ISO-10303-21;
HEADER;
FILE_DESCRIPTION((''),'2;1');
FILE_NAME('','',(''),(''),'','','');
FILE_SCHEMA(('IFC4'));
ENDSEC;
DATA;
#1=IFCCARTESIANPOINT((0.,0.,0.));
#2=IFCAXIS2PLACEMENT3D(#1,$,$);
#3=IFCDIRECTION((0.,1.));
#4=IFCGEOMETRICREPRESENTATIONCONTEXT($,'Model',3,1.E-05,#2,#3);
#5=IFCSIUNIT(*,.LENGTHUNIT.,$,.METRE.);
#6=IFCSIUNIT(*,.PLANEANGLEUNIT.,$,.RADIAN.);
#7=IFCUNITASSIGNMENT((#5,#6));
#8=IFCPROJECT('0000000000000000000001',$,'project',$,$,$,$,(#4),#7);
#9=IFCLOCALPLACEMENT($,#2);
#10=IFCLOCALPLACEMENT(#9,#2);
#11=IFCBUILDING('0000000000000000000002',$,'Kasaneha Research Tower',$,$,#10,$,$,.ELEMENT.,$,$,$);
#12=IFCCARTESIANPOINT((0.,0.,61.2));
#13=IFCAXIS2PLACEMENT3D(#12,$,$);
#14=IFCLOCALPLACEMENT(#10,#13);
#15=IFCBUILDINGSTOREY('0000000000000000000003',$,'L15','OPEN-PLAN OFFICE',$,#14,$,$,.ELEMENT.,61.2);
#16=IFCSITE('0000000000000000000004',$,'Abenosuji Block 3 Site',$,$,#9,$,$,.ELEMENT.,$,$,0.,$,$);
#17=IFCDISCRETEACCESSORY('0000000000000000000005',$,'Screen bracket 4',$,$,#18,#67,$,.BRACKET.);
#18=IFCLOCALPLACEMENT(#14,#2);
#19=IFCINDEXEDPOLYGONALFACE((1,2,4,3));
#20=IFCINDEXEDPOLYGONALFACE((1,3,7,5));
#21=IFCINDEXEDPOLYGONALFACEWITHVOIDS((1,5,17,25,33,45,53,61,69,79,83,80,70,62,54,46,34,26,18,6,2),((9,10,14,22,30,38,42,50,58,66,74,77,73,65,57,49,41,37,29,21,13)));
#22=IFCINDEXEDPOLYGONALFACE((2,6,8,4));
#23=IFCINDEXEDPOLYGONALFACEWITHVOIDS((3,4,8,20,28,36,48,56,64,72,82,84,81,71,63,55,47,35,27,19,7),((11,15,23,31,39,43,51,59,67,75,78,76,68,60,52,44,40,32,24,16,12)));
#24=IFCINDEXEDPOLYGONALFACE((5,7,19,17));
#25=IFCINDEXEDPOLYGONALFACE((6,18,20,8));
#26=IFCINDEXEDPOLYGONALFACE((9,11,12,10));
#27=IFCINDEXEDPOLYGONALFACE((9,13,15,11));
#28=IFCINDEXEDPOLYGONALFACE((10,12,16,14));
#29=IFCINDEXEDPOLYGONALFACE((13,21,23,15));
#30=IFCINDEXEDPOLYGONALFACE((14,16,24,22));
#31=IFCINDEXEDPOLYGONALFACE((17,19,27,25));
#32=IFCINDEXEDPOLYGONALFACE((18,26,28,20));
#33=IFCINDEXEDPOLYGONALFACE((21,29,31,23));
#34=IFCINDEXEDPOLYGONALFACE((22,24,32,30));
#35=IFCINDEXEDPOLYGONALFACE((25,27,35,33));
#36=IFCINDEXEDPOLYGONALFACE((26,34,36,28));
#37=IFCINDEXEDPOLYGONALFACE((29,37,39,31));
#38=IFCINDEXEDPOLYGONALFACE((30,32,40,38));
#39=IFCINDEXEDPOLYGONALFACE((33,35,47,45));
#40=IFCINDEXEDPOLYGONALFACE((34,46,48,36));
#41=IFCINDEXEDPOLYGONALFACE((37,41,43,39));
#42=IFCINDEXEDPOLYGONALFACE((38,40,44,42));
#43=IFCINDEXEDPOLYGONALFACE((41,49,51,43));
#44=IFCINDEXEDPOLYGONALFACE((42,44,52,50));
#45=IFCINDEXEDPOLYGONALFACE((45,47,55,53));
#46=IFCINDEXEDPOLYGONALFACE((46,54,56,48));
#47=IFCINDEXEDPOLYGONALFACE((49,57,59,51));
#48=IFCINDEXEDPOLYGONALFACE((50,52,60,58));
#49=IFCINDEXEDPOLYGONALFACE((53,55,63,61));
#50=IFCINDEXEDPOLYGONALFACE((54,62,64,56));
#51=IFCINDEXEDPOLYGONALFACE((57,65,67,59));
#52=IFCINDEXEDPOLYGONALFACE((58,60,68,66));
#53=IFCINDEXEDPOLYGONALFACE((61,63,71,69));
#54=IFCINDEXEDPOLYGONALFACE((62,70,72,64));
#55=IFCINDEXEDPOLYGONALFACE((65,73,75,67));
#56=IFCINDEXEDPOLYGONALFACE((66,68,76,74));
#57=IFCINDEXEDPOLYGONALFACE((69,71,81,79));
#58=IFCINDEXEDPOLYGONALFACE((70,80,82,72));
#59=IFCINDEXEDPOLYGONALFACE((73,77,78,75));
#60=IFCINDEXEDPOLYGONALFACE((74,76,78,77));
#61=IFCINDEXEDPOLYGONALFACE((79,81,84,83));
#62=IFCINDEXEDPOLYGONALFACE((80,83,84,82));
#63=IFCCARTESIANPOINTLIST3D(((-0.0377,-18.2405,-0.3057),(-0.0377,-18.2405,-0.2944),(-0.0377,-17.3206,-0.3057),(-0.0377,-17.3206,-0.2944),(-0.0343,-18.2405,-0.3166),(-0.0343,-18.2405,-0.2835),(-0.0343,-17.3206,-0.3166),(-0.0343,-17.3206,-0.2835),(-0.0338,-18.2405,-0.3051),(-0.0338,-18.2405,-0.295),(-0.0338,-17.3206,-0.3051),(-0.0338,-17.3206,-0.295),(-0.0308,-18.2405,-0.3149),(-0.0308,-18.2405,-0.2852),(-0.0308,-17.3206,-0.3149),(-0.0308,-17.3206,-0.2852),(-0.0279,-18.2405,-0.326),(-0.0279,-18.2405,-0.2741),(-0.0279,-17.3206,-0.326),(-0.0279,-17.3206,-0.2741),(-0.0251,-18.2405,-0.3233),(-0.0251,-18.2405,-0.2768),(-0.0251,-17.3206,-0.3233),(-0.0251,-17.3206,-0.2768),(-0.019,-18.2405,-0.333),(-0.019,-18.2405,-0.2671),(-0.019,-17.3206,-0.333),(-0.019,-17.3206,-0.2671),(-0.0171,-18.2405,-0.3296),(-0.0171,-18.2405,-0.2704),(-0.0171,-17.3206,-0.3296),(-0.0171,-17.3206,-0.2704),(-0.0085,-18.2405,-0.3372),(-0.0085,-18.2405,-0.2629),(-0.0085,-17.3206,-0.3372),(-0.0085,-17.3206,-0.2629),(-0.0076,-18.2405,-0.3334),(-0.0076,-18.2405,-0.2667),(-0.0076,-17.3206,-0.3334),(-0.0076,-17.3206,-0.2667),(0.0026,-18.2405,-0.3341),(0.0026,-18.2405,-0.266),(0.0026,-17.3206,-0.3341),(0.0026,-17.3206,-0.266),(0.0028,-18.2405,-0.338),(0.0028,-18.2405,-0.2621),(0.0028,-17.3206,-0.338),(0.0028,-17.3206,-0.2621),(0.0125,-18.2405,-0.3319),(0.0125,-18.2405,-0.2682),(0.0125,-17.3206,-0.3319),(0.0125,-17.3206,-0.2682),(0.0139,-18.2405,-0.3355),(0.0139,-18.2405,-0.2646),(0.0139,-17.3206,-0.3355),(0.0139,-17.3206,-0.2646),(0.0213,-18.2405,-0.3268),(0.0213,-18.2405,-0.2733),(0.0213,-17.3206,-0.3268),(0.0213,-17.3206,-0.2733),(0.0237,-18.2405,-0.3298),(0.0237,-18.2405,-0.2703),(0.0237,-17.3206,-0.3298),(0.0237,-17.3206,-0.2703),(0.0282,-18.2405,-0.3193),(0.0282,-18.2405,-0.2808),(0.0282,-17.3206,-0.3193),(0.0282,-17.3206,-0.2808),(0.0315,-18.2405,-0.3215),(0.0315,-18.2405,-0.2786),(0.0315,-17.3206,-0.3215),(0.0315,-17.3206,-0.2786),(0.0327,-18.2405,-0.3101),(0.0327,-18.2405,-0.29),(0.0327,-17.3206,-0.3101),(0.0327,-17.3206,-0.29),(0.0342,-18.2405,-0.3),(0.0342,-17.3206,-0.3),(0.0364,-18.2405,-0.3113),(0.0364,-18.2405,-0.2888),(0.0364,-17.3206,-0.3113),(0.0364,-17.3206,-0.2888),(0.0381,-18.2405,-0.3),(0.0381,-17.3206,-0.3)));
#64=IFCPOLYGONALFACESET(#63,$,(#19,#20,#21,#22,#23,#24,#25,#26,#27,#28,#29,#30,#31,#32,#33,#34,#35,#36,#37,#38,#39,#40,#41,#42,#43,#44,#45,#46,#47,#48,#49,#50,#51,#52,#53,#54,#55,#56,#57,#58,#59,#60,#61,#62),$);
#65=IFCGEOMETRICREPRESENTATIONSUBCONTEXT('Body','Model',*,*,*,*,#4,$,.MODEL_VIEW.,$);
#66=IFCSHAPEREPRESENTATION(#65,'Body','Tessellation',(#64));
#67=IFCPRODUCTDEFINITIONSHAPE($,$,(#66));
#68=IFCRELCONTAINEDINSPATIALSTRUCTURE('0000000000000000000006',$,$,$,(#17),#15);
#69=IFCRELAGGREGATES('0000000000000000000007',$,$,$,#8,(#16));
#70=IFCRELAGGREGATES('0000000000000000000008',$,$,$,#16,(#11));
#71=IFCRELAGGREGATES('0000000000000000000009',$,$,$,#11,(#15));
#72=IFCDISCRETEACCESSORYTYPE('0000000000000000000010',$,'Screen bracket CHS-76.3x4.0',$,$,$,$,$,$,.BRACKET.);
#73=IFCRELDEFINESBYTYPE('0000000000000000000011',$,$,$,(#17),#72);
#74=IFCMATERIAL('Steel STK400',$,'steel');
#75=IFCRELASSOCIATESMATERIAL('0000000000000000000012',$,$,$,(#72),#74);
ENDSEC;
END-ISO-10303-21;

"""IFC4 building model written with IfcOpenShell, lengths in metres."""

from ifc_helpers import new_model, si_unit, direction, frame, origin, origin_2d, place, context, subcontext, project, spatial, hollow_circle, extrude, material, material_profile, profile_set, type_object, element, save


model = new_model("IFC4")

# Units and contexts
model_context = context("Model", 3, precision=1e-05, world=origin(), true_north=direction((0.0, 1.0)))
body_context = subcontext(model_context, "Body", "Model", "MODEL_VIEW")
ifc_project = project(units=[si_unit("LENGTHUNIT", "METRE"), si_unit("PLANEANGLEUNIT", "RADIAN")], contexts=[model_context])

# Site, building, storey
site_placement = place(None, origin())
site = spatial("IfcSite", under=ifc_project, at=site_placement, Name="Abenosuji Block 3 Site", CompositionType="ELEMENT", RefElevation=0.0)
building_placement = place(site_placement, origin())
building = spatial("IfcBuilding", under=site, at=building_placement, Name="Kasaneha Research Tower", CompositionType="ELEMENT")
storey_placement = place(building_placement, frame((0.0, 0.0, 61.2)))
storey = spatial("IfcBuildingStorey", under=building, at=storey_placement, Name="L15", Description="OPEN-PLAN OFFICE", CompositionType="ELEMENT", Elevation=61.2)

# Discrete accessory
ifc_material_1 = material(Name="Steel STK400", Category="steel")
ifc_material_profile_1 = material_profile(ifc_material_1, hollow_circle(Radius=0.0381, WallThickness=0.0039, at=origin_2d()), Name="CHS-76.3x4.0")
ifc_profile_set_1 = profile_set([ifc_material_profile_1], Name="Steel STK400")
discrete_accessory_type = type_object("IfcDiscreteAccessoryType", Name="Screen bracket CHS-76.3x4.0", PredefinedType="BRACKET", material=ifc_profile_set_1)
for number, where, z_axis, x_axis, name in (
    (1, (0.0, -17.3206, -0.3), (0.0, -1.0, 0.0), (1.0, 0.0, 0.0), "Screen bracket 4"),
):
    element("IfcDiscreteAccessory", number, at=place(storey_placement, frame(where, z_axis=z_axis, x_axis=x_axis)), inside=storey, type_object=discrete_accessory_type, Name=name, PredefinedType="BRACKET", context=body_context, shape_type="SweptSolid", body=[
        extrude(hollow_circle(Radius=0.0381, WallThickness=0.0039, at=origin_2d()), origin(), (0.0, 0.0, 1.0), 0.9199),
    ])

save(model, "model.ifc")
